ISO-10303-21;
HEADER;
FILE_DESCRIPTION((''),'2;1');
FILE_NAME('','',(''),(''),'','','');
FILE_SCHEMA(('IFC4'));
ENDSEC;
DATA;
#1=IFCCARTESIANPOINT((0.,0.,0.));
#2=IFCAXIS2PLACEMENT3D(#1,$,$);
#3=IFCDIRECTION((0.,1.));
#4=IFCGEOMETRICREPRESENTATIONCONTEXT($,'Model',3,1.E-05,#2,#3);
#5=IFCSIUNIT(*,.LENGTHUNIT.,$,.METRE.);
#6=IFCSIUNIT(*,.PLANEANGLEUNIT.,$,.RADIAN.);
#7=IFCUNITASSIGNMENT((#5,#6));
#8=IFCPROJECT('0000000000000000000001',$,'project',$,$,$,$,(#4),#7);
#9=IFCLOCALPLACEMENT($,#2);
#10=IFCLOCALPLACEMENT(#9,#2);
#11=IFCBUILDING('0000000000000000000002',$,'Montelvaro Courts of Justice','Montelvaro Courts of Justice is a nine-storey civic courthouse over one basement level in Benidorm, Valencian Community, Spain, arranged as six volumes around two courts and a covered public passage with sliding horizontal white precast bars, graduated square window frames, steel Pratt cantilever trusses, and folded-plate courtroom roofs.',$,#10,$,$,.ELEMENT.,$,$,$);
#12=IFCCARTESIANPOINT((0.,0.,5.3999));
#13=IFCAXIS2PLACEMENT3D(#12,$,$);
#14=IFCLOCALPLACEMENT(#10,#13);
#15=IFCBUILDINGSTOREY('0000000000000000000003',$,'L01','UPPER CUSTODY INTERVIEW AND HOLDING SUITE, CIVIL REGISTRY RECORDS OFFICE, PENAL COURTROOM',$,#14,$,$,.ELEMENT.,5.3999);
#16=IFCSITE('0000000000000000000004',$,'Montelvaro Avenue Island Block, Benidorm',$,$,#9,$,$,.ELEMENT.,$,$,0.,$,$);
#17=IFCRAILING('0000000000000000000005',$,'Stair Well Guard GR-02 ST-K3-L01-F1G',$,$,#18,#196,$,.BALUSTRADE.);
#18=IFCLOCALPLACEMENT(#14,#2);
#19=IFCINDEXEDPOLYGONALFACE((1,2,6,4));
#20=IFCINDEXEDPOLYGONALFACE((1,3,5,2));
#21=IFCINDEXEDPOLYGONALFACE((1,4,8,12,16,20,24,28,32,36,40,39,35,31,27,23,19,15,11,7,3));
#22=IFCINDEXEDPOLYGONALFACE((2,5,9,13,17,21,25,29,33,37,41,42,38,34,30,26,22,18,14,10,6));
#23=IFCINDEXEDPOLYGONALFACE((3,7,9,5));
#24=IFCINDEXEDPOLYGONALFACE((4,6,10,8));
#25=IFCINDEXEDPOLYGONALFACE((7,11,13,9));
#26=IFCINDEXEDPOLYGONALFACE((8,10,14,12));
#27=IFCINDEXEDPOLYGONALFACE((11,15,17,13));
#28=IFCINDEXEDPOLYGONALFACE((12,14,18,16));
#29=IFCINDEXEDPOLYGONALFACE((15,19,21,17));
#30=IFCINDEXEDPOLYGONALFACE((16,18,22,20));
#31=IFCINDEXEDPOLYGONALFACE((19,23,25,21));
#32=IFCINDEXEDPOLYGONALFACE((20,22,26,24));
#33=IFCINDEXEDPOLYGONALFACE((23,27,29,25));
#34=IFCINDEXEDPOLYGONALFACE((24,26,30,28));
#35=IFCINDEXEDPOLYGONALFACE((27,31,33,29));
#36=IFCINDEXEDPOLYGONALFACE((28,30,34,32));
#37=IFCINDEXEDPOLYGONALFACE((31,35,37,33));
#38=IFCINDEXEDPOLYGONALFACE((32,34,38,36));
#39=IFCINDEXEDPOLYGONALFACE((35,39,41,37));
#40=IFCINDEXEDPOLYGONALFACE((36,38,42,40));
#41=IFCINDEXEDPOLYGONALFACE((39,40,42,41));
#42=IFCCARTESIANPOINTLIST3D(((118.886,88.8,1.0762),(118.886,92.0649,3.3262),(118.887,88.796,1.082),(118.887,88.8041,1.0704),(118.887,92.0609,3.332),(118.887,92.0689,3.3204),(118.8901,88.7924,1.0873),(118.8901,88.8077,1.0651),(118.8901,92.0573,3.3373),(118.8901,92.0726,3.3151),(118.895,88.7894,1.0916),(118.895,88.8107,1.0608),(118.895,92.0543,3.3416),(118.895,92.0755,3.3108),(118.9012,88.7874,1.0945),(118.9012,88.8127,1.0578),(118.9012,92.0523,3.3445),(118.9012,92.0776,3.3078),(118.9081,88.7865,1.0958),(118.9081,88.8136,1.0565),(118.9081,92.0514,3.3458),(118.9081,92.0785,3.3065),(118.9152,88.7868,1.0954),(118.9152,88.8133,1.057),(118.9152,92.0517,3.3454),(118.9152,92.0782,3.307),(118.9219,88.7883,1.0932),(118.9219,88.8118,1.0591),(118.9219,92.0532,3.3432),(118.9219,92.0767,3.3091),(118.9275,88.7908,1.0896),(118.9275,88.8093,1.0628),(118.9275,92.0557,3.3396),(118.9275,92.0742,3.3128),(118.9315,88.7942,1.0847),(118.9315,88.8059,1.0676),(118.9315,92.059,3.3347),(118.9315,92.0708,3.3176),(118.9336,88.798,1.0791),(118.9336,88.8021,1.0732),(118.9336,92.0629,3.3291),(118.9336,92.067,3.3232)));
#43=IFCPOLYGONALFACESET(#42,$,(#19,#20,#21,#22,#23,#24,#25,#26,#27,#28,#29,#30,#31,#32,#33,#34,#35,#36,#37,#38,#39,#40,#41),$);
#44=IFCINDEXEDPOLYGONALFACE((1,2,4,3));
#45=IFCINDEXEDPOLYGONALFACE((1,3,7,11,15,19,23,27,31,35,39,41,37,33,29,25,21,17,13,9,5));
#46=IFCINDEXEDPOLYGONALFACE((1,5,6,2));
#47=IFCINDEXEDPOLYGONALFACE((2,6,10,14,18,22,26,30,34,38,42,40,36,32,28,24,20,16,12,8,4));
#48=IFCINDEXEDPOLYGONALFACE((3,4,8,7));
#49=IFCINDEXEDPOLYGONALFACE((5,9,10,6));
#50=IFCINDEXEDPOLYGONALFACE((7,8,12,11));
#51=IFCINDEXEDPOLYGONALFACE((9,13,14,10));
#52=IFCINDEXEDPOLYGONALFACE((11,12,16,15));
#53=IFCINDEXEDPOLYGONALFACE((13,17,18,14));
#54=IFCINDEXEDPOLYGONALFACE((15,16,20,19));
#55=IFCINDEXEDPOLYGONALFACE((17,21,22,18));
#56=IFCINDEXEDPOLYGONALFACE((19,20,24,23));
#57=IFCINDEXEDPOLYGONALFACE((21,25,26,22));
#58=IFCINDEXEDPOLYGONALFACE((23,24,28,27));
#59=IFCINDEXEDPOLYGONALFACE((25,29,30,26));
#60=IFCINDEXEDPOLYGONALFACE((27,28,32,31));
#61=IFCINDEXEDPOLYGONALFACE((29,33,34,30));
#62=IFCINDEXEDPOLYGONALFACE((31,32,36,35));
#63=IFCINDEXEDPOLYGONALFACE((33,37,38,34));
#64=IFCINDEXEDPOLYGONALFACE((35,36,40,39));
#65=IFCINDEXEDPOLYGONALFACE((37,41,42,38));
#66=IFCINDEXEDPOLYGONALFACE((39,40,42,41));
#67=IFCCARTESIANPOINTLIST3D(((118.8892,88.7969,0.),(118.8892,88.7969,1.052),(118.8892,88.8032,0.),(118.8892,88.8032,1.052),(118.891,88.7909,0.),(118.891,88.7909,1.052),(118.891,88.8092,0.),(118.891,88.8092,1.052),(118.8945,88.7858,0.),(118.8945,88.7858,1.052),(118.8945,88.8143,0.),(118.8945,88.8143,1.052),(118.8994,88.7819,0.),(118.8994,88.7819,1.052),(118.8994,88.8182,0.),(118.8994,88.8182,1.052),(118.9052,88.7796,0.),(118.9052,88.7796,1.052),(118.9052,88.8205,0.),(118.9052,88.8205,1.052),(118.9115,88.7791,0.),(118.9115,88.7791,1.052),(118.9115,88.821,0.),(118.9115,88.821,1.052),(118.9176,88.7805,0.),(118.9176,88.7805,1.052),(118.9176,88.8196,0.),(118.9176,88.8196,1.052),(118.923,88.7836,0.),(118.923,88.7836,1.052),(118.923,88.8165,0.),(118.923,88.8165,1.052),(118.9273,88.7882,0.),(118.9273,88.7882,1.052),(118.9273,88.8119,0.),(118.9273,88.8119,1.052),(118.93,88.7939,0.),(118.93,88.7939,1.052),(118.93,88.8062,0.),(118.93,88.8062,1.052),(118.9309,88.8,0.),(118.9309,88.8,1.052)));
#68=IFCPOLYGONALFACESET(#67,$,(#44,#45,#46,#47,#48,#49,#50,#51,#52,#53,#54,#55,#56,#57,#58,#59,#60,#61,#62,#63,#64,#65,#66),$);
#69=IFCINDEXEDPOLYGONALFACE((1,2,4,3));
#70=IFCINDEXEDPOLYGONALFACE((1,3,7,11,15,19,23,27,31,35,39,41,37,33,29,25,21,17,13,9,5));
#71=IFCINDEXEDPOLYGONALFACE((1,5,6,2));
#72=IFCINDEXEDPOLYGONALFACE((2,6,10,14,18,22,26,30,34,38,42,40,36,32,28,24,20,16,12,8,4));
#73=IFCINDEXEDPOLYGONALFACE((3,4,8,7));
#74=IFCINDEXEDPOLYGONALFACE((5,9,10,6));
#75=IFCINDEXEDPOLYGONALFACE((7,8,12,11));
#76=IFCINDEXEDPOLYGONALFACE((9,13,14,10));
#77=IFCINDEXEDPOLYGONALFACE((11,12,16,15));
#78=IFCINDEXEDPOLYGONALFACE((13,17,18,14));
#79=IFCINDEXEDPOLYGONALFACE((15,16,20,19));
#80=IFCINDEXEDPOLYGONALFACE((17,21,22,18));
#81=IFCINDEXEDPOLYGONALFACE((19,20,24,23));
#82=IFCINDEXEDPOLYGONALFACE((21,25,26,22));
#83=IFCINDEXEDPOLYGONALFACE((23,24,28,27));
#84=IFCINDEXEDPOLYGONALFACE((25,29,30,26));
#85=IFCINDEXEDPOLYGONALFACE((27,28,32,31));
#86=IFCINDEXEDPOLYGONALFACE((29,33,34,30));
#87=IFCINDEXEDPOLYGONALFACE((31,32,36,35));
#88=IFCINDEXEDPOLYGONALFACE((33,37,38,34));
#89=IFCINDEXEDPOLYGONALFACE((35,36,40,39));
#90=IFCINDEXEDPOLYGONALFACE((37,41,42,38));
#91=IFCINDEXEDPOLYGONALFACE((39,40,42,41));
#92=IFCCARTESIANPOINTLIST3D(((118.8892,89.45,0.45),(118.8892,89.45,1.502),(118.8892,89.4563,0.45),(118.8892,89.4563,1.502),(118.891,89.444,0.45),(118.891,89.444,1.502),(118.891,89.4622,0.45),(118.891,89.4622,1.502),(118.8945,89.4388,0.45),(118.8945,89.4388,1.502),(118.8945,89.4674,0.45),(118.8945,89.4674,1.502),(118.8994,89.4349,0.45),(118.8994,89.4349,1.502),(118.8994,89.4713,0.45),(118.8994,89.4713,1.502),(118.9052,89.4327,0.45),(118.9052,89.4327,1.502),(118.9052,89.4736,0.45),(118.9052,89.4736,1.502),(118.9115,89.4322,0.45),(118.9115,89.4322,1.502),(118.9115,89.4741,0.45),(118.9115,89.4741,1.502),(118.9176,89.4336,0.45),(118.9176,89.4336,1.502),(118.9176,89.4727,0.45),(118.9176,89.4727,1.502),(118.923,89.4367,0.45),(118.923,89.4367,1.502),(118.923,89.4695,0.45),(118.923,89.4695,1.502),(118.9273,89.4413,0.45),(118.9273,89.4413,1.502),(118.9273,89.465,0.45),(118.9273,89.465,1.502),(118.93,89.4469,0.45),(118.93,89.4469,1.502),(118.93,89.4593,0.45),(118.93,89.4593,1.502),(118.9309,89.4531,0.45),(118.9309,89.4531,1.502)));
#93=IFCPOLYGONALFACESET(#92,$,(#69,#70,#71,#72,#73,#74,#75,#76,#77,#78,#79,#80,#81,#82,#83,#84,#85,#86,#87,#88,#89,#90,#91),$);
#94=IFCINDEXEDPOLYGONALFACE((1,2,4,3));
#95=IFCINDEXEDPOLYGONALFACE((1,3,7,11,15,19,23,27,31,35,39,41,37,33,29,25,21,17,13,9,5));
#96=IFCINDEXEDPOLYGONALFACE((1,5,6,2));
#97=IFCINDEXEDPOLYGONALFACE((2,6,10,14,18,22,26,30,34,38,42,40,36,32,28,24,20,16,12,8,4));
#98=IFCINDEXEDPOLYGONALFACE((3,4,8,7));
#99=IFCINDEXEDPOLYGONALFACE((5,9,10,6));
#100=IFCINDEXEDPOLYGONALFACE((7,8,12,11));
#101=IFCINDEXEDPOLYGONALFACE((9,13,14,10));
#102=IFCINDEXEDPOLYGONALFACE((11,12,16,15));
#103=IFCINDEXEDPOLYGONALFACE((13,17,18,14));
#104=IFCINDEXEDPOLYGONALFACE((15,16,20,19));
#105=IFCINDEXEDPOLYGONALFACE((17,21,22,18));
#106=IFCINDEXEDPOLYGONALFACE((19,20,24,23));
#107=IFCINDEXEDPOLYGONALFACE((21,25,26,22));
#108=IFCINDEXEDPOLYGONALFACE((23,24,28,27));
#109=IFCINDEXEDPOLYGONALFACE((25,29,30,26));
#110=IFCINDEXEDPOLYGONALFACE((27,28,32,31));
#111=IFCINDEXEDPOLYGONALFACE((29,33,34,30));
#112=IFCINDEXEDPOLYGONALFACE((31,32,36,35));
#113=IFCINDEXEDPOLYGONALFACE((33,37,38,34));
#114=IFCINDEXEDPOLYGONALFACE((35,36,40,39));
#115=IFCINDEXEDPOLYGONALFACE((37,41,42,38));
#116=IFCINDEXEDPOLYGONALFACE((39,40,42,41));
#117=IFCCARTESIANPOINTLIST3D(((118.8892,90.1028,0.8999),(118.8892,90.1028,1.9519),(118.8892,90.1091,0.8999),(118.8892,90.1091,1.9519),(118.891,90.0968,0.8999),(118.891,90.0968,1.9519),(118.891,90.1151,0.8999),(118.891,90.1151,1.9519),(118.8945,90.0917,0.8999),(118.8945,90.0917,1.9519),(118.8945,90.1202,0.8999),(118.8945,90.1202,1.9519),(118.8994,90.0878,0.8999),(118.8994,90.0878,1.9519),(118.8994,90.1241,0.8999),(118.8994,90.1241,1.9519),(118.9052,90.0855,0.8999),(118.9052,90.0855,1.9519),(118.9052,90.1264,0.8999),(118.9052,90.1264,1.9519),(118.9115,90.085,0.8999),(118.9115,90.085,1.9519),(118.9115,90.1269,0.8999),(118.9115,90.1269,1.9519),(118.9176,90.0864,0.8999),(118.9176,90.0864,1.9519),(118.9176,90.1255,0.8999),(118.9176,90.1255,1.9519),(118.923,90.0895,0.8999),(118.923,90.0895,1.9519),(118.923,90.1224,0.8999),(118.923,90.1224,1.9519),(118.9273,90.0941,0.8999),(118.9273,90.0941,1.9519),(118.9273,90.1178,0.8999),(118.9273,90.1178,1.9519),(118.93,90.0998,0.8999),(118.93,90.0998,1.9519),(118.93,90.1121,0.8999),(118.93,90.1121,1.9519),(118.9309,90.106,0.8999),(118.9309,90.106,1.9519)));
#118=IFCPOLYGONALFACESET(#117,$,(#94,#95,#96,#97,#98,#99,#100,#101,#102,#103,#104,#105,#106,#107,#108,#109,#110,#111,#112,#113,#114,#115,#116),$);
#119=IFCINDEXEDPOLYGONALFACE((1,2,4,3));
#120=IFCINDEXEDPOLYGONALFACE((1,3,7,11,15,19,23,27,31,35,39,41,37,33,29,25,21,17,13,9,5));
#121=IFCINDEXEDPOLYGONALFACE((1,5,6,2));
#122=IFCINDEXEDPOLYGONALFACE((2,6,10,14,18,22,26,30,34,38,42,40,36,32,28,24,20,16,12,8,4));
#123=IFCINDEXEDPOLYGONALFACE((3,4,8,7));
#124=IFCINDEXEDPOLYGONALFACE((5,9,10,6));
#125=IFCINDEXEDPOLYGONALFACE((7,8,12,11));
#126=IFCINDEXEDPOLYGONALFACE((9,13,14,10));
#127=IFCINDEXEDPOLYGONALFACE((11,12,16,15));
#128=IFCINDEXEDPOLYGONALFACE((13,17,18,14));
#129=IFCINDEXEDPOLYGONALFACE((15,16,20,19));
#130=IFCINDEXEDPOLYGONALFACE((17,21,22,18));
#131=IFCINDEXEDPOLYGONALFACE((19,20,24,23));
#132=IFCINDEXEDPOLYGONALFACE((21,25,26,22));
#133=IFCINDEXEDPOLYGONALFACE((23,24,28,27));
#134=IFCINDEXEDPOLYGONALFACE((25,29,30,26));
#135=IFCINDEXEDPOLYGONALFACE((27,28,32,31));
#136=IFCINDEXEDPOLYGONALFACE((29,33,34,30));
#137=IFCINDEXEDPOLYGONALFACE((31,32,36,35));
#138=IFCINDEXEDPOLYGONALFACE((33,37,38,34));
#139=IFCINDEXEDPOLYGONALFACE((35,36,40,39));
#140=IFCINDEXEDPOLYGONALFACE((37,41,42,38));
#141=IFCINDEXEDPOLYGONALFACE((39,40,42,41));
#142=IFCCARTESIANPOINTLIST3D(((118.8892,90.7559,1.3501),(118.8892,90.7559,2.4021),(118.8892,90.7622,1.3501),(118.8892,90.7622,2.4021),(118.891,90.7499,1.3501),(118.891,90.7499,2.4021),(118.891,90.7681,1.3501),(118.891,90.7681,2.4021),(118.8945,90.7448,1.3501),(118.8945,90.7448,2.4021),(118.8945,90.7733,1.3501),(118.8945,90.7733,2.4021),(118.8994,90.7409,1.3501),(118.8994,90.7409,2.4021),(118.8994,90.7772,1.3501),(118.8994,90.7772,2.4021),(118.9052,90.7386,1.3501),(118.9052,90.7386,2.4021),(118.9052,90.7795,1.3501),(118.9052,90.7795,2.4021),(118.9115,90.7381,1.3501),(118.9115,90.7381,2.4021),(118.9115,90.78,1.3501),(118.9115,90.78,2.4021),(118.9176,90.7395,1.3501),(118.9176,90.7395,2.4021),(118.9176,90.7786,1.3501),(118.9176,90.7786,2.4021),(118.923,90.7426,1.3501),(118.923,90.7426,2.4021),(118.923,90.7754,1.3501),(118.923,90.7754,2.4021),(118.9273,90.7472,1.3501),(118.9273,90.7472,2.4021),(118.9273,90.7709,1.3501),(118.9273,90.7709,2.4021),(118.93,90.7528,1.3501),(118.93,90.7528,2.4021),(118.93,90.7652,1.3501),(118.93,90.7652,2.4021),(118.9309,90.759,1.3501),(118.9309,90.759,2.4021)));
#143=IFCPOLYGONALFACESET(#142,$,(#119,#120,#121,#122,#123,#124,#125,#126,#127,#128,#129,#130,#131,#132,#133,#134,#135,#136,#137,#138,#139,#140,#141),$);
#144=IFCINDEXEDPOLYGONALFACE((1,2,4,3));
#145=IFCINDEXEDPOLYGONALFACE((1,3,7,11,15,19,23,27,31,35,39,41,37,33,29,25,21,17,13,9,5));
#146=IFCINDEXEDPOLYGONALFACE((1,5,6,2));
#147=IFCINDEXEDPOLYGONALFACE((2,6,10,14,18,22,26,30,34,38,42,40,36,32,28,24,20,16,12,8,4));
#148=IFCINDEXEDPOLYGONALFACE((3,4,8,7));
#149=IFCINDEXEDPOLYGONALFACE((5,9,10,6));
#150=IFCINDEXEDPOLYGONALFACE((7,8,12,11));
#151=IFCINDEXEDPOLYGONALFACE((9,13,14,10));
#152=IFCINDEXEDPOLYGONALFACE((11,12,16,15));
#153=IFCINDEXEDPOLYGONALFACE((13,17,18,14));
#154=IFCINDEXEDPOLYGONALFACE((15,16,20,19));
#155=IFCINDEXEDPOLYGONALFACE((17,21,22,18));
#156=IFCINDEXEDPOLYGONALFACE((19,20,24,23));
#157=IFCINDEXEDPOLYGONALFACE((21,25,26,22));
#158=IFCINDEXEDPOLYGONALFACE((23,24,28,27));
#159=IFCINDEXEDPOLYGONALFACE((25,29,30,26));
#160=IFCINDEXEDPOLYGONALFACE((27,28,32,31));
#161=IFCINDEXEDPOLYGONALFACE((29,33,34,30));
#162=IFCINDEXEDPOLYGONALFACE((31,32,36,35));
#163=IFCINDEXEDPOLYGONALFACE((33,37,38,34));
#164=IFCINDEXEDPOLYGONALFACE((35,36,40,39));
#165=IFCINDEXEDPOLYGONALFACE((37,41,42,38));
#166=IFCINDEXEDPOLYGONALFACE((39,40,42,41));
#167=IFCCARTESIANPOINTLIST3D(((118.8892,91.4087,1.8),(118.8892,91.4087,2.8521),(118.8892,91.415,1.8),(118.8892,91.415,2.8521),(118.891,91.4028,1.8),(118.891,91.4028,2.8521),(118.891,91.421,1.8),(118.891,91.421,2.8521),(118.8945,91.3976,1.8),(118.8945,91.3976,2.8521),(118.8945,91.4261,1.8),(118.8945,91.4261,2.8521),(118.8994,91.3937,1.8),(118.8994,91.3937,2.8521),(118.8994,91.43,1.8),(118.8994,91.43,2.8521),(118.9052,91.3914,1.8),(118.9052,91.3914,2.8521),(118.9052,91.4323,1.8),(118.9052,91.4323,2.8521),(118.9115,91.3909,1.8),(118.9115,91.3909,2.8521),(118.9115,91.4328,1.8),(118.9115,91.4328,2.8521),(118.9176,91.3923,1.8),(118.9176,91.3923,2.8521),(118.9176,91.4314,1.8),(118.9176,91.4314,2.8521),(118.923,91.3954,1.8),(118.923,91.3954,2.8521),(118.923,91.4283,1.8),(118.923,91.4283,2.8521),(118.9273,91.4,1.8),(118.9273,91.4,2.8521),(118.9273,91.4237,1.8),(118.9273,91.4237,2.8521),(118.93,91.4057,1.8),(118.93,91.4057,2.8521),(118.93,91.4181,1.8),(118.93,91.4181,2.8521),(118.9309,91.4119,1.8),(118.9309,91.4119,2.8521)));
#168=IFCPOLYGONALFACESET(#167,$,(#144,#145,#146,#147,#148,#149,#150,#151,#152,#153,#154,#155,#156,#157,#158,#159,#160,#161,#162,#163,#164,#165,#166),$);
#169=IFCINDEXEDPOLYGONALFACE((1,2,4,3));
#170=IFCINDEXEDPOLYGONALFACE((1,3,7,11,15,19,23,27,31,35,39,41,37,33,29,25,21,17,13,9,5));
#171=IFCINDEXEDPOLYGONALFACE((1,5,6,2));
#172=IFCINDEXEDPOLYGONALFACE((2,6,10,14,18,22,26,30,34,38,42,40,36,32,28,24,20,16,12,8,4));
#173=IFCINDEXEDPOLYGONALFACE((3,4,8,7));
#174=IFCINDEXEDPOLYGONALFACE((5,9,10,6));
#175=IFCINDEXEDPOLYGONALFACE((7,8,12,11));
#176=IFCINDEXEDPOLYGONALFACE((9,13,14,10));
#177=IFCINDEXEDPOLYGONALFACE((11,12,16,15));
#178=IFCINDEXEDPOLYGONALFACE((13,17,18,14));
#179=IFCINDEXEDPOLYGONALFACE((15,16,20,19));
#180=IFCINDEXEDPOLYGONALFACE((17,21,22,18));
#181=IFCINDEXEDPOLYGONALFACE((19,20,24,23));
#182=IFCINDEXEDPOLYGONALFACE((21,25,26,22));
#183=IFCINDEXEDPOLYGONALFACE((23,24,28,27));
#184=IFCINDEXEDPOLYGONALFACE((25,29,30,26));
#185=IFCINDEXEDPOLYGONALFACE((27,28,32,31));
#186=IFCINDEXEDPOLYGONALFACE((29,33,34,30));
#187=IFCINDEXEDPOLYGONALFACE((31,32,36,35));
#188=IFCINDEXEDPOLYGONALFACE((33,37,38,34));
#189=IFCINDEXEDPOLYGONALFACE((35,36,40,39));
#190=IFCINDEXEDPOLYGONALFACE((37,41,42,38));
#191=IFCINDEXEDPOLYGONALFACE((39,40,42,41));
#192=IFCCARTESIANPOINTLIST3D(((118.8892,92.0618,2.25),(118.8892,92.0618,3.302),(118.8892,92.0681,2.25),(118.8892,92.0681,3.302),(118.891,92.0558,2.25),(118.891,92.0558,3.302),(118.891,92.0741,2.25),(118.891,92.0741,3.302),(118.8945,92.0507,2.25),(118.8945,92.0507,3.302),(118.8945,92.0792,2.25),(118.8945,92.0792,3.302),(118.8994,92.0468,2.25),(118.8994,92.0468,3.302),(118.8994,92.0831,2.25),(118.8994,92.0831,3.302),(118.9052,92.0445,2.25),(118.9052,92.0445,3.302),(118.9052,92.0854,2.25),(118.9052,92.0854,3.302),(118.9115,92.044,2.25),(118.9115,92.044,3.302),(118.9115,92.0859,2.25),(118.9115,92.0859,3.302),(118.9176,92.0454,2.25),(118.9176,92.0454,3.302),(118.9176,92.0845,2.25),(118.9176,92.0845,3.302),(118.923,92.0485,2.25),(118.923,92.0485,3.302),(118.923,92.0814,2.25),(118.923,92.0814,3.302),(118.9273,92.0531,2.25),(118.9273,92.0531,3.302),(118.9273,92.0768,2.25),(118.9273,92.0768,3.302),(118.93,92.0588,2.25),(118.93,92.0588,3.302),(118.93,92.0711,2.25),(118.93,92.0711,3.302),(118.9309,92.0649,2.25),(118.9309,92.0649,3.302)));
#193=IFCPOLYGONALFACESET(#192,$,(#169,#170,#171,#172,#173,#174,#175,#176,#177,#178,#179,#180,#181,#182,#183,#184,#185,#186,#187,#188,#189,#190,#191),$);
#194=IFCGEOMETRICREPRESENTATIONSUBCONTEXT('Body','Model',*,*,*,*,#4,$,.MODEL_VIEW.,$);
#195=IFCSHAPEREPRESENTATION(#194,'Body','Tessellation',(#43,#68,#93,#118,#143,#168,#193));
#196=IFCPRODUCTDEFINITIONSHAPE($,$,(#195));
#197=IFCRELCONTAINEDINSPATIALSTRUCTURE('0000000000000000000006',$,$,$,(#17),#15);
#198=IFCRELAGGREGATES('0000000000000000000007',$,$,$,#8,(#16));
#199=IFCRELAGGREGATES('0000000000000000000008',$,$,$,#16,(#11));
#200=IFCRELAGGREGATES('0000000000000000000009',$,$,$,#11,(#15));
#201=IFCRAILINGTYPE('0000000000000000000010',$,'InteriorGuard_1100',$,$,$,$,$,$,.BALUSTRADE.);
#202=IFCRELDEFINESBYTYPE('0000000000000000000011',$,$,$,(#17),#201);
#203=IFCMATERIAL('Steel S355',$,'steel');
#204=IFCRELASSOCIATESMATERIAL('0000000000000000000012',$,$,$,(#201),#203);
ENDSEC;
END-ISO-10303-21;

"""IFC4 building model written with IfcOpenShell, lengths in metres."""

from ifc_helpers import new_model, si_unit, direction, frame, origin, origin_2d, place, context, subcontext, project, spatial, circle, extrude, material, type_object, element, save


model = new_model("IFC4")

# Units and contexts
model_context = context("Model", 3, precision=1e-05, world=origin(), true_north=direction((0.0, 1.0)))
body_context = subcontext(model_context, "Body", "Model", "MODEL_VIEW")
ifc_project = project(units=[si_unit("LENGTHUNIT", "METRE"), si_unit("PLANEANGLEUNIT", "RADIAN")], contexts=[model_context])

# Site, building, storey
site_placement = place(None, origin())
site = spatial("IfcSite", under=ifc_project, at=site_placement, Name="Montelvaro Avenue Island Block, Benidorm", CompositionType="ELEMENT", RefElevation=0.0)
building_placement = place(site_placement, origin())
building = spatial("IfcBuilding", under=site, at=building_placement, Name="Montelvaro Courts of Justice", Description="Montelvaro Courts of Justice is a nine-storey civic courthouse over one basement level in Benidorm, Valencian Community, Spain, arranged as six volumes around two courts and a covered public passage with sliding horizontal white precast bars, graduated square window frames, steel Pratt cantilever trusses, and folded-plate courtroom roofs.", CompositionType="ELEMENT")
storey_placement = place(building_placement, frame((0.0, 0.0, 5.3999)))
storey = spatial("IfcBuildingStorey", under=building, at=storey_placement, Name="L01", Description="UPPER CUSTODY INTERVIEW AND HOLDING SUITE, CIVIL REGISTRY RECORDS OFFICE, PENAL COURTROOM", CompositionType="ELEMENT", Elevation=5.3999)

# Railing
ifc_material_1 = material(Name="Steel S355", Category="steel")
railing_type_1 = type_object("IfcRailingType", Name="InteriorGuard_1100", PredefinedType="BALUSTRADE", material=ifc_material_1)
railing_1_placement = place(storey_placement, frame((118.9099, 88.8, 0.0)))
element("IfcRailing", 1, at=railing_1_placement, inside=storey, type_object=railing_type_1, Name="Stair Well Guard GR-02 ST-K3-L01-F1G", PredefinedType="BALUSTRADE", context=body_context, shape_type="SweptSolid", body=[
    extrude(circle(Radius=0.0239, at=origin_2d()), frame((0.0, 0.0, 1.0762), z_axis=(0.0, 0.823407, 0.567451), x_axis=(-1.0, 0.0, 0.0)), (0.0, 0.0, 1.0), 3.9651),
    extrude(circle(Radius=0.021, at=origin_2d()), origin(), (0.0, 0.0, 1.0), 1.052),
    extrude(circle(Radius=0.021, at=origin_2d()), frame((0.0, 0.6531, 0.45)), (0.0, 0.0, 1.0), 1.052),
    extrude(circle(Radius=0.021, at=origin_2d()), frame((0.0, 1.3059, 0.8999)), (0.0, 0.0, 1.0), 1.052),
    extrude(circle(Radius=0.021, at=origin_2d()), frame((0.0, 1.959, 1.3501)), (0.0, 0.0, 1.0), 1.052),
    extrude(circle(Radius=0.021, at=origin_2d()), frame((0.0, 2.6118, 1.8)), (0.0, 0.0, 1.0), 1.052),
    extrude(circle(Radius=0.021, at=origin_2d()), frame((0.0, 3.2649, 2.25)), (0.0, 0.0, 1.0), 1.052),
])

save(model, "model.ifc")
